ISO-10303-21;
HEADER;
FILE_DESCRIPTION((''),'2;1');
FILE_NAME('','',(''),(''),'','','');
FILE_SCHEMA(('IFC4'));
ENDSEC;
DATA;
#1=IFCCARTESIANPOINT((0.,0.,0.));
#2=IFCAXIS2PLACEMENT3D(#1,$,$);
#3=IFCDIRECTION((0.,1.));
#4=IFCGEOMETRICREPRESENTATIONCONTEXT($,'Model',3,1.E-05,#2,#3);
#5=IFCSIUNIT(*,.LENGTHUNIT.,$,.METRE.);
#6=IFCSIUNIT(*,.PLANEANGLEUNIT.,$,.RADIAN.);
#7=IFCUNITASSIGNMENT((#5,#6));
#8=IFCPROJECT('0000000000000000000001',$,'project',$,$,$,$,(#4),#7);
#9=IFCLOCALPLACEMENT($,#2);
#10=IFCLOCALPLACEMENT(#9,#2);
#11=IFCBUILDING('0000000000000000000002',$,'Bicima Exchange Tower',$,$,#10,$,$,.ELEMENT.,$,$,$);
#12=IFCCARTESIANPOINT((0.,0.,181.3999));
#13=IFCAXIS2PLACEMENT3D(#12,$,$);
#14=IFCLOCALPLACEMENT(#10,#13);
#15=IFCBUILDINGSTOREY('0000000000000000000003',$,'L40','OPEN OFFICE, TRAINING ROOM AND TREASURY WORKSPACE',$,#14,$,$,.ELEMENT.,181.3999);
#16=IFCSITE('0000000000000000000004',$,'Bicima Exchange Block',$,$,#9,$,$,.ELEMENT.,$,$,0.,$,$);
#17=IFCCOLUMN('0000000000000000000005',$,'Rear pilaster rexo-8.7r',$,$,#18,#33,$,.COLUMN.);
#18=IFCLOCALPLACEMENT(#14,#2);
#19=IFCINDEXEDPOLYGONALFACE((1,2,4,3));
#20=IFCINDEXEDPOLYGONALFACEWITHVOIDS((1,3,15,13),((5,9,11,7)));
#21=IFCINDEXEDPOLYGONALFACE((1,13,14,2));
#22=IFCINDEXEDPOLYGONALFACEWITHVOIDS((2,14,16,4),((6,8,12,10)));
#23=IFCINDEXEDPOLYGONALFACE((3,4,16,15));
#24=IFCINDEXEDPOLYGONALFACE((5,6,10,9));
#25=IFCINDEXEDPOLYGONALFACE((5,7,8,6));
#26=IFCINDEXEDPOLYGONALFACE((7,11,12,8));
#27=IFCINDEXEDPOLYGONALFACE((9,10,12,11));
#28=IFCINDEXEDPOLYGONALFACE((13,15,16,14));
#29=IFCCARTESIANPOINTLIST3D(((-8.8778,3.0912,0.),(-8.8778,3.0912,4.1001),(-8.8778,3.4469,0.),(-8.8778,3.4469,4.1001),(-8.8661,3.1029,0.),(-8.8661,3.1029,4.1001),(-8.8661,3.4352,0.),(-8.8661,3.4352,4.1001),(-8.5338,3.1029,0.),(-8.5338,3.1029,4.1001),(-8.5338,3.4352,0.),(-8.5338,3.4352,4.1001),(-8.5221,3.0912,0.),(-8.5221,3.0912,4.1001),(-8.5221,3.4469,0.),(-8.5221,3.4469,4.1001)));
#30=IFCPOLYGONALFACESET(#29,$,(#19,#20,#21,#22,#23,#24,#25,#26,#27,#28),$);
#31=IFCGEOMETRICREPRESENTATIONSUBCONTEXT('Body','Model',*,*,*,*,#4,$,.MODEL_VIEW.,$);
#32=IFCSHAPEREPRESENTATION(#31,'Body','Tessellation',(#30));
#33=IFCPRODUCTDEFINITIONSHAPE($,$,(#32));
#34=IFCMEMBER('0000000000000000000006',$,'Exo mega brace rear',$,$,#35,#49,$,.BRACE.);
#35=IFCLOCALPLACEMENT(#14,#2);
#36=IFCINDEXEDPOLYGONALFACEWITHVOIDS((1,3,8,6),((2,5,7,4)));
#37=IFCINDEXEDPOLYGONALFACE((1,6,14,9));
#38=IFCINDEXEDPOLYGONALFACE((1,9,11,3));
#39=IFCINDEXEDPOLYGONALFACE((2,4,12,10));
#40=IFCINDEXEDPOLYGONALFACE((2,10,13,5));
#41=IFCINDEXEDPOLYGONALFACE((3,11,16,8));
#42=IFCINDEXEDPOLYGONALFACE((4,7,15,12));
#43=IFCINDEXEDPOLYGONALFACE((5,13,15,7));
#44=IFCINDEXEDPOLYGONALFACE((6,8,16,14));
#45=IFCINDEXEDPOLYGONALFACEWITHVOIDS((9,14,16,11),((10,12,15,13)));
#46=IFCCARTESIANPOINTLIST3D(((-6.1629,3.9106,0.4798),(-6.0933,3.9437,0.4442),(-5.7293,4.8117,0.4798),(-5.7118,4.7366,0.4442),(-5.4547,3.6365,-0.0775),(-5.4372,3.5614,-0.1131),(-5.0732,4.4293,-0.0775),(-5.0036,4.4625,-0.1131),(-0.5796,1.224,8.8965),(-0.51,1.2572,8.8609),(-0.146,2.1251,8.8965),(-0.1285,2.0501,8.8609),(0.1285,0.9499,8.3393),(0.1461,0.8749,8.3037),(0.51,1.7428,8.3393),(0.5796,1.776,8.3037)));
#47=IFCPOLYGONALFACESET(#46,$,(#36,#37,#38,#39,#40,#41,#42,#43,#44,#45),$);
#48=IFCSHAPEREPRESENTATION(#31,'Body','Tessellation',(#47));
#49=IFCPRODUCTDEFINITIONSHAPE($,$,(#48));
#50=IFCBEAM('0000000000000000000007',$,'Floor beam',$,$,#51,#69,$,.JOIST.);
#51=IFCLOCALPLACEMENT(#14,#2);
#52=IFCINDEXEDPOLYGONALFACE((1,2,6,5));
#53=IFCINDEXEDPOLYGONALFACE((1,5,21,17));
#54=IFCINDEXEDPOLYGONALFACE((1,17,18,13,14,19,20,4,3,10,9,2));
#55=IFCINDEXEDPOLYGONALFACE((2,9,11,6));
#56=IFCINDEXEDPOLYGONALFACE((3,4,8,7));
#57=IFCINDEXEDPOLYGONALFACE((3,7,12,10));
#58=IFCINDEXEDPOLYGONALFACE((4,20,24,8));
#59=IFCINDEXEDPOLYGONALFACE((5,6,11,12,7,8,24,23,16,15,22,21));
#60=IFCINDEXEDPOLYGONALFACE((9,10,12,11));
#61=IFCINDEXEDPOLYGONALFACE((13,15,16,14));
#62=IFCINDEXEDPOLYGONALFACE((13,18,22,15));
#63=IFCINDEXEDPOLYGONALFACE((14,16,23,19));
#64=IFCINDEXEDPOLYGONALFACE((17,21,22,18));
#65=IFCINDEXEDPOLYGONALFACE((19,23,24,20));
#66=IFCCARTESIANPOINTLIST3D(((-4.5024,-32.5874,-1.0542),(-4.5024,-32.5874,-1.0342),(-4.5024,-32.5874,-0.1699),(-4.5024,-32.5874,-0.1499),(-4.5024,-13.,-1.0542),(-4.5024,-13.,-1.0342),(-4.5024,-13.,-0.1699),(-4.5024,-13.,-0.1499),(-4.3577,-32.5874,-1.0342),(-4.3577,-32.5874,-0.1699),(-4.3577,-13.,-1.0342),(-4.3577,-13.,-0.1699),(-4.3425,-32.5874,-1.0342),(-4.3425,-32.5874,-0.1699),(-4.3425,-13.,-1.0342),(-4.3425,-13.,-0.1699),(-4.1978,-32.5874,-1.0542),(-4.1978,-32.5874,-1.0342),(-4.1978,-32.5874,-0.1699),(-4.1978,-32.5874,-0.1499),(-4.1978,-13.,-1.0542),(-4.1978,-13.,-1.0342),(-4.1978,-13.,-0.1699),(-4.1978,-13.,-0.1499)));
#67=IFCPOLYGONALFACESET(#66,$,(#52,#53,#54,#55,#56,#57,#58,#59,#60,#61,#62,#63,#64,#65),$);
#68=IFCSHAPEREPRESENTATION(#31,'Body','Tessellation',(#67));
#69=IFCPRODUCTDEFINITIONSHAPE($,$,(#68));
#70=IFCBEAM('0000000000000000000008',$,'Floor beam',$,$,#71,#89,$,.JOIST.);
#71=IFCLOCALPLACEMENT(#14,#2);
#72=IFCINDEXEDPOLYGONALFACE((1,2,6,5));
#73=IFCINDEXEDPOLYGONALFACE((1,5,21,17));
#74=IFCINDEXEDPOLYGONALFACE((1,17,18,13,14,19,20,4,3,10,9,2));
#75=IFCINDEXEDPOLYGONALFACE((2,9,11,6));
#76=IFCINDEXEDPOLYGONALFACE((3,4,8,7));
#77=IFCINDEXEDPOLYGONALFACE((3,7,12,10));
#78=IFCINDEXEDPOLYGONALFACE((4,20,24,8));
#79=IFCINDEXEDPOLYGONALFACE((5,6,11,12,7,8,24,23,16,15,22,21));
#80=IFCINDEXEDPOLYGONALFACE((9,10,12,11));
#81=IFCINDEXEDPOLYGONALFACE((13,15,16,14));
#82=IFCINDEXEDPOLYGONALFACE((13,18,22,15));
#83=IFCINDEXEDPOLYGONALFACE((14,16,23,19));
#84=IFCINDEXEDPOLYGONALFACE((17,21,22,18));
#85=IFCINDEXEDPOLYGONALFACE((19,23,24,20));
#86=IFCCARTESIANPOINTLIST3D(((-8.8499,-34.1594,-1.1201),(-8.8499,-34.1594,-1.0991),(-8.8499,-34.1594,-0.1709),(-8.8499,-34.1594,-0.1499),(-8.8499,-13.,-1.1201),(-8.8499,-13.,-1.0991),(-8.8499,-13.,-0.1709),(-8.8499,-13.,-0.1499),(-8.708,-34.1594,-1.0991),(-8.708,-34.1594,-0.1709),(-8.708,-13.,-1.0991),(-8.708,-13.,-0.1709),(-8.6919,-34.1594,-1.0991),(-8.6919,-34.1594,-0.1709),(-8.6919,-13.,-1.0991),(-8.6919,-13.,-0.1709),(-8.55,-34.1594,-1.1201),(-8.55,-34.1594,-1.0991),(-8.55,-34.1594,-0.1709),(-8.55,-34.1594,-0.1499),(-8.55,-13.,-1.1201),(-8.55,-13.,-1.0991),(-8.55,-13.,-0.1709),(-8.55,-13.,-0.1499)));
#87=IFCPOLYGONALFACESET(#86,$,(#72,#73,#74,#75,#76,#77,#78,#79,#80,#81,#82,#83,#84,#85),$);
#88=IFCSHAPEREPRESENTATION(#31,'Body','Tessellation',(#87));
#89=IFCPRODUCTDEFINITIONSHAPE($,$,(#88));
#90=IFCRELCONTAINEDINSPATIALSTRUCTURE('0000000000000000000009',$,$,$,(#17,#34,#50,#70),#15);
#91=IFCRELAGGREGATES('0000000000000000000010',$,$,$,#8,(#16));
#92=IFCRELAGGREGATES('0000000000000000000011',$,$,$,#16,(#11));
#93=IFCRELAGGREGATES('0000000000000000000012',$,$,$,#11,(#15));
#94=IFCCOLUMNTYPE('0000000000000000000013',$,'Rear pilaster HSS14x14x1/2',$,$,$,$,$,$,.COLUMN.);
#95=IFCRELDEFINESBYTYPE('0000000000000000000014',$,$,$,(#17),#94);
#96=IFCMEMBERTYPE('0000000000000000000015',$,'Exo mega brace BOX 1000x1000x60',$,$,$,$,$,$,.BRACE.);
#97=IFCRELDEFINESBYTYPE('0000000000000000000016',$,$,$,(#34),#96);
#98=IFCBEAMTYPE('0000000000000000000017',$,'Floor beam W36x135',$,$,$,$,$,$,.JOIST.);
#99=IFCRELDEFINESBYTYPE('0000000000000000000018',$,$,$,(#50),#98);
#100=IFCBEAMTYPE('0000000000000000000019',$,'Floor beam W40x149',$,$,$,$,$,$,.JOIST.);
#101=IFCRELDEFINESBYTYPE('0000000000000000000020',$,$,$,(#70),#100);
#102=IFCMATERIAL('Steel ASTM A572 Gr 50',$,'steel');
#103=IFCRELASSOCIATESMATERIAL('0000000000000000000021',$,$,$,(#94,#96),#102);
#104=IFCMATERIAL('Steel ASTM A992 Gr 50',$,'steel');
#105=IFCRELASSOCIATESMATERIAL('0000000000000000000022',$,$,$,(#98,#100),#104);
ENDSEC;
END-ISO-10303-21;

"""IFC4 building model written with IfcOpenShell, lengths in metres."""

from ifc_helpers import new_model, si_unit, direction, frame, origin, origin_2d, place, context, subcontext, project, spatial, hollow_rectangle, i_section, extrude, material, material_profile, profile_set, type_object, element, save


model = new_model("IFC4")

# Units and contexts
model_context = context("Model", 3, precision=1e-05, world=origin(), true_north=direction((0.0, 1.0)))
body_context = subcontext(model_context, "Body", "Model", "MODEL_VIEW")
ifc_project = project(units=[si_unit("LENGTHUNIT", "METRE"), si_unit("PLANEANGLEUNIT", "RADIAN")], contexts=[model_context])

# Site, building, storey
site_placement = place(None, origin())
site = spatial("IfcSite", under=ifc_project, at=site_placement, Name="Bicima Exchange Block", CompositionType="ELEMENT", RefElevation=0.0)
building_placement = place(site_placement, origin())
building = spatial("IfcBuilding", under=site, at=building_placement, Name="Bicima Exchange Tower", CompositionType="ELEMENT")
storey_placement = place(building_placement, frame((0.0, 0.0, 181.3999)))
storey = spatial("IfcBuildingStorey", under=building, at=storey_placement, Name="L40", Description="OPEN OFFICE, TRAINING ROOM AND TREASURY WORKSPACE", CompositionType="ELEMENT", Elevation=181.3999)

# Column
ifc_material_1 = material(Name="Steel ASTM A572 Gr 50", Category="steel")
ifc_material_profile_1 = material_profile(ifc_material_1, hollow_rectangle(XDim=0.3557, YDim=0.3557, WallThickness=0.0117, at=origin_2d()))
ifc_profile_set_1 = profile_set([ifc_material_profile_1], Name="Steel ASTM A572 Gr 50")
column_type = type_object("IfcColumnType", Name="Rear pilaster HSS14x14x1/2", PredefinedType="COLUMN", material=ifc_profile_set_1)
column_placement = place(storey_placement, frame((-8.7, 3.269, 0.0), z_axis=(0.0, 0.0, 1.0), x_axis=(1.0, 0.0, 0.0)))
element("IfcColumn", 1, at=column_placement, inside=storey, type_object=column_type, Name="Rear pilaster rexo-8.7r", PredefinedType="COLUMN", context=body_context, shape_type="SweptSolid", body=[
    extrude(hollow_rectangle(XDim=0.3557, YDim=0.3557, WallThickness=0.0117, at=origin_2d()), origin(), (0.0, 0.0, 1.0), 4.1001),
])

# Member
ifc_material_profile_2 = material_profile(ifc_material_1, hollow_rectangle(XDim=1.0, YDim=1.0, WallThickness=0.0601, at=origin_2d()))
ifc_profile_set_2 = profile_set([ifc_material_profile_2], Name="Steel ASTM A572 Gr 50")
member_type = type_object("IfcMemberType", Name="Exo mega brace BOX 1000x1000x60", PredefinedType="BRACE", material=ifc_profile_set_2)
member_placement = place(storey_placement, frame((-5.5833, 4.1865, 0.1833), z_axis=(0.534211, -0.257049, 0.805323), x_axis=(0.433592, 0.901109, 0.0)))
element("IfcMember", 2, at=member_placement, inside=storey, type_object=member_type, Name="Exo mega brace rear", PredefinedType="BRACE", context=body_context, shape_type="SweptSolid", body=[
    extrude(hollow_rectangle(XDim=1.0, YDim=1.0, WallThickness=0.0601, at=origin_2d()), origin(), (0.0, 0.0, 1.0), 10.4514),
])

# Beams
ifc_material_2 = material(Name="Steel ASTM A992 Gr 50", Category="steel")
ifc_material_profile_3 = material_profile(ifc_material_2, i_section(OverallWidth=0.3047, OverallDepth=0.9043, WebThickness=0.0151, FlangeThickness=0.02, at=origin_2d()))
ifc_profile_set_3 = profile_set([ifc_material_profile_3], Name="Steel ASTM A992 Gr 50")
beam_type_1 = type_object("IfcBeamType", Name="Floor beam W36x135", PredefinedType="JOIST", material=ifc_profile_set_3)
beam_1_placement = place(storey_placement, frame((-4.3501, -13.0, -0.6021), z_axis=(0.0, -1.0, 0.0), x_axis=(1.0, 0.0, 0.0)))
element("IfcBeam", 3, at=beam_1_placement, inside=storey, type_object=beam_type_1, Name="Floor beam", PredefinedType="JOIST", context=body_context, shape_type="SweptSolid", body=[
    extrude(i_section(OverallWidth=0.3047, OverallDepth=0.9043, WebThickness=0.0151, FlangeThickness=0.02, at=origin_2d()), origin(), (0.0, 0.0, 1.0), 19.5874),
])
ifc_material_profile_4 = material_profile(ifc_material_2, i_section(OverallWidth=0.2998, OverallDepth=0.9702, WebThickness=0.0161, FlangeThickness=0.021, at=origin_2d()))
ifc_profile_set_4 = profile_set([ifc_material_profile_4], Name="Steel ASTM A992 Gr 50")
beam_type_2 = type_object("IfcBeamType", Name="Floor beam W40x149", PredefinedType="JOIST", material=ifc_profile_set_4)
beam_2_placement = place(storey_placement, frame((-8.7, -13.0, -0.635), z_axis=(0.0, -1.0, 0.0), x_axis=(1.0, 0.0, 0.0)))
element("IfcBeam", 4, at=beam_2_placement, inside=storey, type_object=beam_type_2, Name="Floor beam", PredefinedType="JOIST", context=body_context, shape_type="SweptSolid", body=[
    extrude(i_section(OverallWidth=0.2998, OverallDepth=0.9702, WebThickness=0.0161, FlangeThickness=0.021, at=origin_2d()), origin(), (0.0, 0.0, 1.0), 21.1594),
])

save(model, "model.ifc")
